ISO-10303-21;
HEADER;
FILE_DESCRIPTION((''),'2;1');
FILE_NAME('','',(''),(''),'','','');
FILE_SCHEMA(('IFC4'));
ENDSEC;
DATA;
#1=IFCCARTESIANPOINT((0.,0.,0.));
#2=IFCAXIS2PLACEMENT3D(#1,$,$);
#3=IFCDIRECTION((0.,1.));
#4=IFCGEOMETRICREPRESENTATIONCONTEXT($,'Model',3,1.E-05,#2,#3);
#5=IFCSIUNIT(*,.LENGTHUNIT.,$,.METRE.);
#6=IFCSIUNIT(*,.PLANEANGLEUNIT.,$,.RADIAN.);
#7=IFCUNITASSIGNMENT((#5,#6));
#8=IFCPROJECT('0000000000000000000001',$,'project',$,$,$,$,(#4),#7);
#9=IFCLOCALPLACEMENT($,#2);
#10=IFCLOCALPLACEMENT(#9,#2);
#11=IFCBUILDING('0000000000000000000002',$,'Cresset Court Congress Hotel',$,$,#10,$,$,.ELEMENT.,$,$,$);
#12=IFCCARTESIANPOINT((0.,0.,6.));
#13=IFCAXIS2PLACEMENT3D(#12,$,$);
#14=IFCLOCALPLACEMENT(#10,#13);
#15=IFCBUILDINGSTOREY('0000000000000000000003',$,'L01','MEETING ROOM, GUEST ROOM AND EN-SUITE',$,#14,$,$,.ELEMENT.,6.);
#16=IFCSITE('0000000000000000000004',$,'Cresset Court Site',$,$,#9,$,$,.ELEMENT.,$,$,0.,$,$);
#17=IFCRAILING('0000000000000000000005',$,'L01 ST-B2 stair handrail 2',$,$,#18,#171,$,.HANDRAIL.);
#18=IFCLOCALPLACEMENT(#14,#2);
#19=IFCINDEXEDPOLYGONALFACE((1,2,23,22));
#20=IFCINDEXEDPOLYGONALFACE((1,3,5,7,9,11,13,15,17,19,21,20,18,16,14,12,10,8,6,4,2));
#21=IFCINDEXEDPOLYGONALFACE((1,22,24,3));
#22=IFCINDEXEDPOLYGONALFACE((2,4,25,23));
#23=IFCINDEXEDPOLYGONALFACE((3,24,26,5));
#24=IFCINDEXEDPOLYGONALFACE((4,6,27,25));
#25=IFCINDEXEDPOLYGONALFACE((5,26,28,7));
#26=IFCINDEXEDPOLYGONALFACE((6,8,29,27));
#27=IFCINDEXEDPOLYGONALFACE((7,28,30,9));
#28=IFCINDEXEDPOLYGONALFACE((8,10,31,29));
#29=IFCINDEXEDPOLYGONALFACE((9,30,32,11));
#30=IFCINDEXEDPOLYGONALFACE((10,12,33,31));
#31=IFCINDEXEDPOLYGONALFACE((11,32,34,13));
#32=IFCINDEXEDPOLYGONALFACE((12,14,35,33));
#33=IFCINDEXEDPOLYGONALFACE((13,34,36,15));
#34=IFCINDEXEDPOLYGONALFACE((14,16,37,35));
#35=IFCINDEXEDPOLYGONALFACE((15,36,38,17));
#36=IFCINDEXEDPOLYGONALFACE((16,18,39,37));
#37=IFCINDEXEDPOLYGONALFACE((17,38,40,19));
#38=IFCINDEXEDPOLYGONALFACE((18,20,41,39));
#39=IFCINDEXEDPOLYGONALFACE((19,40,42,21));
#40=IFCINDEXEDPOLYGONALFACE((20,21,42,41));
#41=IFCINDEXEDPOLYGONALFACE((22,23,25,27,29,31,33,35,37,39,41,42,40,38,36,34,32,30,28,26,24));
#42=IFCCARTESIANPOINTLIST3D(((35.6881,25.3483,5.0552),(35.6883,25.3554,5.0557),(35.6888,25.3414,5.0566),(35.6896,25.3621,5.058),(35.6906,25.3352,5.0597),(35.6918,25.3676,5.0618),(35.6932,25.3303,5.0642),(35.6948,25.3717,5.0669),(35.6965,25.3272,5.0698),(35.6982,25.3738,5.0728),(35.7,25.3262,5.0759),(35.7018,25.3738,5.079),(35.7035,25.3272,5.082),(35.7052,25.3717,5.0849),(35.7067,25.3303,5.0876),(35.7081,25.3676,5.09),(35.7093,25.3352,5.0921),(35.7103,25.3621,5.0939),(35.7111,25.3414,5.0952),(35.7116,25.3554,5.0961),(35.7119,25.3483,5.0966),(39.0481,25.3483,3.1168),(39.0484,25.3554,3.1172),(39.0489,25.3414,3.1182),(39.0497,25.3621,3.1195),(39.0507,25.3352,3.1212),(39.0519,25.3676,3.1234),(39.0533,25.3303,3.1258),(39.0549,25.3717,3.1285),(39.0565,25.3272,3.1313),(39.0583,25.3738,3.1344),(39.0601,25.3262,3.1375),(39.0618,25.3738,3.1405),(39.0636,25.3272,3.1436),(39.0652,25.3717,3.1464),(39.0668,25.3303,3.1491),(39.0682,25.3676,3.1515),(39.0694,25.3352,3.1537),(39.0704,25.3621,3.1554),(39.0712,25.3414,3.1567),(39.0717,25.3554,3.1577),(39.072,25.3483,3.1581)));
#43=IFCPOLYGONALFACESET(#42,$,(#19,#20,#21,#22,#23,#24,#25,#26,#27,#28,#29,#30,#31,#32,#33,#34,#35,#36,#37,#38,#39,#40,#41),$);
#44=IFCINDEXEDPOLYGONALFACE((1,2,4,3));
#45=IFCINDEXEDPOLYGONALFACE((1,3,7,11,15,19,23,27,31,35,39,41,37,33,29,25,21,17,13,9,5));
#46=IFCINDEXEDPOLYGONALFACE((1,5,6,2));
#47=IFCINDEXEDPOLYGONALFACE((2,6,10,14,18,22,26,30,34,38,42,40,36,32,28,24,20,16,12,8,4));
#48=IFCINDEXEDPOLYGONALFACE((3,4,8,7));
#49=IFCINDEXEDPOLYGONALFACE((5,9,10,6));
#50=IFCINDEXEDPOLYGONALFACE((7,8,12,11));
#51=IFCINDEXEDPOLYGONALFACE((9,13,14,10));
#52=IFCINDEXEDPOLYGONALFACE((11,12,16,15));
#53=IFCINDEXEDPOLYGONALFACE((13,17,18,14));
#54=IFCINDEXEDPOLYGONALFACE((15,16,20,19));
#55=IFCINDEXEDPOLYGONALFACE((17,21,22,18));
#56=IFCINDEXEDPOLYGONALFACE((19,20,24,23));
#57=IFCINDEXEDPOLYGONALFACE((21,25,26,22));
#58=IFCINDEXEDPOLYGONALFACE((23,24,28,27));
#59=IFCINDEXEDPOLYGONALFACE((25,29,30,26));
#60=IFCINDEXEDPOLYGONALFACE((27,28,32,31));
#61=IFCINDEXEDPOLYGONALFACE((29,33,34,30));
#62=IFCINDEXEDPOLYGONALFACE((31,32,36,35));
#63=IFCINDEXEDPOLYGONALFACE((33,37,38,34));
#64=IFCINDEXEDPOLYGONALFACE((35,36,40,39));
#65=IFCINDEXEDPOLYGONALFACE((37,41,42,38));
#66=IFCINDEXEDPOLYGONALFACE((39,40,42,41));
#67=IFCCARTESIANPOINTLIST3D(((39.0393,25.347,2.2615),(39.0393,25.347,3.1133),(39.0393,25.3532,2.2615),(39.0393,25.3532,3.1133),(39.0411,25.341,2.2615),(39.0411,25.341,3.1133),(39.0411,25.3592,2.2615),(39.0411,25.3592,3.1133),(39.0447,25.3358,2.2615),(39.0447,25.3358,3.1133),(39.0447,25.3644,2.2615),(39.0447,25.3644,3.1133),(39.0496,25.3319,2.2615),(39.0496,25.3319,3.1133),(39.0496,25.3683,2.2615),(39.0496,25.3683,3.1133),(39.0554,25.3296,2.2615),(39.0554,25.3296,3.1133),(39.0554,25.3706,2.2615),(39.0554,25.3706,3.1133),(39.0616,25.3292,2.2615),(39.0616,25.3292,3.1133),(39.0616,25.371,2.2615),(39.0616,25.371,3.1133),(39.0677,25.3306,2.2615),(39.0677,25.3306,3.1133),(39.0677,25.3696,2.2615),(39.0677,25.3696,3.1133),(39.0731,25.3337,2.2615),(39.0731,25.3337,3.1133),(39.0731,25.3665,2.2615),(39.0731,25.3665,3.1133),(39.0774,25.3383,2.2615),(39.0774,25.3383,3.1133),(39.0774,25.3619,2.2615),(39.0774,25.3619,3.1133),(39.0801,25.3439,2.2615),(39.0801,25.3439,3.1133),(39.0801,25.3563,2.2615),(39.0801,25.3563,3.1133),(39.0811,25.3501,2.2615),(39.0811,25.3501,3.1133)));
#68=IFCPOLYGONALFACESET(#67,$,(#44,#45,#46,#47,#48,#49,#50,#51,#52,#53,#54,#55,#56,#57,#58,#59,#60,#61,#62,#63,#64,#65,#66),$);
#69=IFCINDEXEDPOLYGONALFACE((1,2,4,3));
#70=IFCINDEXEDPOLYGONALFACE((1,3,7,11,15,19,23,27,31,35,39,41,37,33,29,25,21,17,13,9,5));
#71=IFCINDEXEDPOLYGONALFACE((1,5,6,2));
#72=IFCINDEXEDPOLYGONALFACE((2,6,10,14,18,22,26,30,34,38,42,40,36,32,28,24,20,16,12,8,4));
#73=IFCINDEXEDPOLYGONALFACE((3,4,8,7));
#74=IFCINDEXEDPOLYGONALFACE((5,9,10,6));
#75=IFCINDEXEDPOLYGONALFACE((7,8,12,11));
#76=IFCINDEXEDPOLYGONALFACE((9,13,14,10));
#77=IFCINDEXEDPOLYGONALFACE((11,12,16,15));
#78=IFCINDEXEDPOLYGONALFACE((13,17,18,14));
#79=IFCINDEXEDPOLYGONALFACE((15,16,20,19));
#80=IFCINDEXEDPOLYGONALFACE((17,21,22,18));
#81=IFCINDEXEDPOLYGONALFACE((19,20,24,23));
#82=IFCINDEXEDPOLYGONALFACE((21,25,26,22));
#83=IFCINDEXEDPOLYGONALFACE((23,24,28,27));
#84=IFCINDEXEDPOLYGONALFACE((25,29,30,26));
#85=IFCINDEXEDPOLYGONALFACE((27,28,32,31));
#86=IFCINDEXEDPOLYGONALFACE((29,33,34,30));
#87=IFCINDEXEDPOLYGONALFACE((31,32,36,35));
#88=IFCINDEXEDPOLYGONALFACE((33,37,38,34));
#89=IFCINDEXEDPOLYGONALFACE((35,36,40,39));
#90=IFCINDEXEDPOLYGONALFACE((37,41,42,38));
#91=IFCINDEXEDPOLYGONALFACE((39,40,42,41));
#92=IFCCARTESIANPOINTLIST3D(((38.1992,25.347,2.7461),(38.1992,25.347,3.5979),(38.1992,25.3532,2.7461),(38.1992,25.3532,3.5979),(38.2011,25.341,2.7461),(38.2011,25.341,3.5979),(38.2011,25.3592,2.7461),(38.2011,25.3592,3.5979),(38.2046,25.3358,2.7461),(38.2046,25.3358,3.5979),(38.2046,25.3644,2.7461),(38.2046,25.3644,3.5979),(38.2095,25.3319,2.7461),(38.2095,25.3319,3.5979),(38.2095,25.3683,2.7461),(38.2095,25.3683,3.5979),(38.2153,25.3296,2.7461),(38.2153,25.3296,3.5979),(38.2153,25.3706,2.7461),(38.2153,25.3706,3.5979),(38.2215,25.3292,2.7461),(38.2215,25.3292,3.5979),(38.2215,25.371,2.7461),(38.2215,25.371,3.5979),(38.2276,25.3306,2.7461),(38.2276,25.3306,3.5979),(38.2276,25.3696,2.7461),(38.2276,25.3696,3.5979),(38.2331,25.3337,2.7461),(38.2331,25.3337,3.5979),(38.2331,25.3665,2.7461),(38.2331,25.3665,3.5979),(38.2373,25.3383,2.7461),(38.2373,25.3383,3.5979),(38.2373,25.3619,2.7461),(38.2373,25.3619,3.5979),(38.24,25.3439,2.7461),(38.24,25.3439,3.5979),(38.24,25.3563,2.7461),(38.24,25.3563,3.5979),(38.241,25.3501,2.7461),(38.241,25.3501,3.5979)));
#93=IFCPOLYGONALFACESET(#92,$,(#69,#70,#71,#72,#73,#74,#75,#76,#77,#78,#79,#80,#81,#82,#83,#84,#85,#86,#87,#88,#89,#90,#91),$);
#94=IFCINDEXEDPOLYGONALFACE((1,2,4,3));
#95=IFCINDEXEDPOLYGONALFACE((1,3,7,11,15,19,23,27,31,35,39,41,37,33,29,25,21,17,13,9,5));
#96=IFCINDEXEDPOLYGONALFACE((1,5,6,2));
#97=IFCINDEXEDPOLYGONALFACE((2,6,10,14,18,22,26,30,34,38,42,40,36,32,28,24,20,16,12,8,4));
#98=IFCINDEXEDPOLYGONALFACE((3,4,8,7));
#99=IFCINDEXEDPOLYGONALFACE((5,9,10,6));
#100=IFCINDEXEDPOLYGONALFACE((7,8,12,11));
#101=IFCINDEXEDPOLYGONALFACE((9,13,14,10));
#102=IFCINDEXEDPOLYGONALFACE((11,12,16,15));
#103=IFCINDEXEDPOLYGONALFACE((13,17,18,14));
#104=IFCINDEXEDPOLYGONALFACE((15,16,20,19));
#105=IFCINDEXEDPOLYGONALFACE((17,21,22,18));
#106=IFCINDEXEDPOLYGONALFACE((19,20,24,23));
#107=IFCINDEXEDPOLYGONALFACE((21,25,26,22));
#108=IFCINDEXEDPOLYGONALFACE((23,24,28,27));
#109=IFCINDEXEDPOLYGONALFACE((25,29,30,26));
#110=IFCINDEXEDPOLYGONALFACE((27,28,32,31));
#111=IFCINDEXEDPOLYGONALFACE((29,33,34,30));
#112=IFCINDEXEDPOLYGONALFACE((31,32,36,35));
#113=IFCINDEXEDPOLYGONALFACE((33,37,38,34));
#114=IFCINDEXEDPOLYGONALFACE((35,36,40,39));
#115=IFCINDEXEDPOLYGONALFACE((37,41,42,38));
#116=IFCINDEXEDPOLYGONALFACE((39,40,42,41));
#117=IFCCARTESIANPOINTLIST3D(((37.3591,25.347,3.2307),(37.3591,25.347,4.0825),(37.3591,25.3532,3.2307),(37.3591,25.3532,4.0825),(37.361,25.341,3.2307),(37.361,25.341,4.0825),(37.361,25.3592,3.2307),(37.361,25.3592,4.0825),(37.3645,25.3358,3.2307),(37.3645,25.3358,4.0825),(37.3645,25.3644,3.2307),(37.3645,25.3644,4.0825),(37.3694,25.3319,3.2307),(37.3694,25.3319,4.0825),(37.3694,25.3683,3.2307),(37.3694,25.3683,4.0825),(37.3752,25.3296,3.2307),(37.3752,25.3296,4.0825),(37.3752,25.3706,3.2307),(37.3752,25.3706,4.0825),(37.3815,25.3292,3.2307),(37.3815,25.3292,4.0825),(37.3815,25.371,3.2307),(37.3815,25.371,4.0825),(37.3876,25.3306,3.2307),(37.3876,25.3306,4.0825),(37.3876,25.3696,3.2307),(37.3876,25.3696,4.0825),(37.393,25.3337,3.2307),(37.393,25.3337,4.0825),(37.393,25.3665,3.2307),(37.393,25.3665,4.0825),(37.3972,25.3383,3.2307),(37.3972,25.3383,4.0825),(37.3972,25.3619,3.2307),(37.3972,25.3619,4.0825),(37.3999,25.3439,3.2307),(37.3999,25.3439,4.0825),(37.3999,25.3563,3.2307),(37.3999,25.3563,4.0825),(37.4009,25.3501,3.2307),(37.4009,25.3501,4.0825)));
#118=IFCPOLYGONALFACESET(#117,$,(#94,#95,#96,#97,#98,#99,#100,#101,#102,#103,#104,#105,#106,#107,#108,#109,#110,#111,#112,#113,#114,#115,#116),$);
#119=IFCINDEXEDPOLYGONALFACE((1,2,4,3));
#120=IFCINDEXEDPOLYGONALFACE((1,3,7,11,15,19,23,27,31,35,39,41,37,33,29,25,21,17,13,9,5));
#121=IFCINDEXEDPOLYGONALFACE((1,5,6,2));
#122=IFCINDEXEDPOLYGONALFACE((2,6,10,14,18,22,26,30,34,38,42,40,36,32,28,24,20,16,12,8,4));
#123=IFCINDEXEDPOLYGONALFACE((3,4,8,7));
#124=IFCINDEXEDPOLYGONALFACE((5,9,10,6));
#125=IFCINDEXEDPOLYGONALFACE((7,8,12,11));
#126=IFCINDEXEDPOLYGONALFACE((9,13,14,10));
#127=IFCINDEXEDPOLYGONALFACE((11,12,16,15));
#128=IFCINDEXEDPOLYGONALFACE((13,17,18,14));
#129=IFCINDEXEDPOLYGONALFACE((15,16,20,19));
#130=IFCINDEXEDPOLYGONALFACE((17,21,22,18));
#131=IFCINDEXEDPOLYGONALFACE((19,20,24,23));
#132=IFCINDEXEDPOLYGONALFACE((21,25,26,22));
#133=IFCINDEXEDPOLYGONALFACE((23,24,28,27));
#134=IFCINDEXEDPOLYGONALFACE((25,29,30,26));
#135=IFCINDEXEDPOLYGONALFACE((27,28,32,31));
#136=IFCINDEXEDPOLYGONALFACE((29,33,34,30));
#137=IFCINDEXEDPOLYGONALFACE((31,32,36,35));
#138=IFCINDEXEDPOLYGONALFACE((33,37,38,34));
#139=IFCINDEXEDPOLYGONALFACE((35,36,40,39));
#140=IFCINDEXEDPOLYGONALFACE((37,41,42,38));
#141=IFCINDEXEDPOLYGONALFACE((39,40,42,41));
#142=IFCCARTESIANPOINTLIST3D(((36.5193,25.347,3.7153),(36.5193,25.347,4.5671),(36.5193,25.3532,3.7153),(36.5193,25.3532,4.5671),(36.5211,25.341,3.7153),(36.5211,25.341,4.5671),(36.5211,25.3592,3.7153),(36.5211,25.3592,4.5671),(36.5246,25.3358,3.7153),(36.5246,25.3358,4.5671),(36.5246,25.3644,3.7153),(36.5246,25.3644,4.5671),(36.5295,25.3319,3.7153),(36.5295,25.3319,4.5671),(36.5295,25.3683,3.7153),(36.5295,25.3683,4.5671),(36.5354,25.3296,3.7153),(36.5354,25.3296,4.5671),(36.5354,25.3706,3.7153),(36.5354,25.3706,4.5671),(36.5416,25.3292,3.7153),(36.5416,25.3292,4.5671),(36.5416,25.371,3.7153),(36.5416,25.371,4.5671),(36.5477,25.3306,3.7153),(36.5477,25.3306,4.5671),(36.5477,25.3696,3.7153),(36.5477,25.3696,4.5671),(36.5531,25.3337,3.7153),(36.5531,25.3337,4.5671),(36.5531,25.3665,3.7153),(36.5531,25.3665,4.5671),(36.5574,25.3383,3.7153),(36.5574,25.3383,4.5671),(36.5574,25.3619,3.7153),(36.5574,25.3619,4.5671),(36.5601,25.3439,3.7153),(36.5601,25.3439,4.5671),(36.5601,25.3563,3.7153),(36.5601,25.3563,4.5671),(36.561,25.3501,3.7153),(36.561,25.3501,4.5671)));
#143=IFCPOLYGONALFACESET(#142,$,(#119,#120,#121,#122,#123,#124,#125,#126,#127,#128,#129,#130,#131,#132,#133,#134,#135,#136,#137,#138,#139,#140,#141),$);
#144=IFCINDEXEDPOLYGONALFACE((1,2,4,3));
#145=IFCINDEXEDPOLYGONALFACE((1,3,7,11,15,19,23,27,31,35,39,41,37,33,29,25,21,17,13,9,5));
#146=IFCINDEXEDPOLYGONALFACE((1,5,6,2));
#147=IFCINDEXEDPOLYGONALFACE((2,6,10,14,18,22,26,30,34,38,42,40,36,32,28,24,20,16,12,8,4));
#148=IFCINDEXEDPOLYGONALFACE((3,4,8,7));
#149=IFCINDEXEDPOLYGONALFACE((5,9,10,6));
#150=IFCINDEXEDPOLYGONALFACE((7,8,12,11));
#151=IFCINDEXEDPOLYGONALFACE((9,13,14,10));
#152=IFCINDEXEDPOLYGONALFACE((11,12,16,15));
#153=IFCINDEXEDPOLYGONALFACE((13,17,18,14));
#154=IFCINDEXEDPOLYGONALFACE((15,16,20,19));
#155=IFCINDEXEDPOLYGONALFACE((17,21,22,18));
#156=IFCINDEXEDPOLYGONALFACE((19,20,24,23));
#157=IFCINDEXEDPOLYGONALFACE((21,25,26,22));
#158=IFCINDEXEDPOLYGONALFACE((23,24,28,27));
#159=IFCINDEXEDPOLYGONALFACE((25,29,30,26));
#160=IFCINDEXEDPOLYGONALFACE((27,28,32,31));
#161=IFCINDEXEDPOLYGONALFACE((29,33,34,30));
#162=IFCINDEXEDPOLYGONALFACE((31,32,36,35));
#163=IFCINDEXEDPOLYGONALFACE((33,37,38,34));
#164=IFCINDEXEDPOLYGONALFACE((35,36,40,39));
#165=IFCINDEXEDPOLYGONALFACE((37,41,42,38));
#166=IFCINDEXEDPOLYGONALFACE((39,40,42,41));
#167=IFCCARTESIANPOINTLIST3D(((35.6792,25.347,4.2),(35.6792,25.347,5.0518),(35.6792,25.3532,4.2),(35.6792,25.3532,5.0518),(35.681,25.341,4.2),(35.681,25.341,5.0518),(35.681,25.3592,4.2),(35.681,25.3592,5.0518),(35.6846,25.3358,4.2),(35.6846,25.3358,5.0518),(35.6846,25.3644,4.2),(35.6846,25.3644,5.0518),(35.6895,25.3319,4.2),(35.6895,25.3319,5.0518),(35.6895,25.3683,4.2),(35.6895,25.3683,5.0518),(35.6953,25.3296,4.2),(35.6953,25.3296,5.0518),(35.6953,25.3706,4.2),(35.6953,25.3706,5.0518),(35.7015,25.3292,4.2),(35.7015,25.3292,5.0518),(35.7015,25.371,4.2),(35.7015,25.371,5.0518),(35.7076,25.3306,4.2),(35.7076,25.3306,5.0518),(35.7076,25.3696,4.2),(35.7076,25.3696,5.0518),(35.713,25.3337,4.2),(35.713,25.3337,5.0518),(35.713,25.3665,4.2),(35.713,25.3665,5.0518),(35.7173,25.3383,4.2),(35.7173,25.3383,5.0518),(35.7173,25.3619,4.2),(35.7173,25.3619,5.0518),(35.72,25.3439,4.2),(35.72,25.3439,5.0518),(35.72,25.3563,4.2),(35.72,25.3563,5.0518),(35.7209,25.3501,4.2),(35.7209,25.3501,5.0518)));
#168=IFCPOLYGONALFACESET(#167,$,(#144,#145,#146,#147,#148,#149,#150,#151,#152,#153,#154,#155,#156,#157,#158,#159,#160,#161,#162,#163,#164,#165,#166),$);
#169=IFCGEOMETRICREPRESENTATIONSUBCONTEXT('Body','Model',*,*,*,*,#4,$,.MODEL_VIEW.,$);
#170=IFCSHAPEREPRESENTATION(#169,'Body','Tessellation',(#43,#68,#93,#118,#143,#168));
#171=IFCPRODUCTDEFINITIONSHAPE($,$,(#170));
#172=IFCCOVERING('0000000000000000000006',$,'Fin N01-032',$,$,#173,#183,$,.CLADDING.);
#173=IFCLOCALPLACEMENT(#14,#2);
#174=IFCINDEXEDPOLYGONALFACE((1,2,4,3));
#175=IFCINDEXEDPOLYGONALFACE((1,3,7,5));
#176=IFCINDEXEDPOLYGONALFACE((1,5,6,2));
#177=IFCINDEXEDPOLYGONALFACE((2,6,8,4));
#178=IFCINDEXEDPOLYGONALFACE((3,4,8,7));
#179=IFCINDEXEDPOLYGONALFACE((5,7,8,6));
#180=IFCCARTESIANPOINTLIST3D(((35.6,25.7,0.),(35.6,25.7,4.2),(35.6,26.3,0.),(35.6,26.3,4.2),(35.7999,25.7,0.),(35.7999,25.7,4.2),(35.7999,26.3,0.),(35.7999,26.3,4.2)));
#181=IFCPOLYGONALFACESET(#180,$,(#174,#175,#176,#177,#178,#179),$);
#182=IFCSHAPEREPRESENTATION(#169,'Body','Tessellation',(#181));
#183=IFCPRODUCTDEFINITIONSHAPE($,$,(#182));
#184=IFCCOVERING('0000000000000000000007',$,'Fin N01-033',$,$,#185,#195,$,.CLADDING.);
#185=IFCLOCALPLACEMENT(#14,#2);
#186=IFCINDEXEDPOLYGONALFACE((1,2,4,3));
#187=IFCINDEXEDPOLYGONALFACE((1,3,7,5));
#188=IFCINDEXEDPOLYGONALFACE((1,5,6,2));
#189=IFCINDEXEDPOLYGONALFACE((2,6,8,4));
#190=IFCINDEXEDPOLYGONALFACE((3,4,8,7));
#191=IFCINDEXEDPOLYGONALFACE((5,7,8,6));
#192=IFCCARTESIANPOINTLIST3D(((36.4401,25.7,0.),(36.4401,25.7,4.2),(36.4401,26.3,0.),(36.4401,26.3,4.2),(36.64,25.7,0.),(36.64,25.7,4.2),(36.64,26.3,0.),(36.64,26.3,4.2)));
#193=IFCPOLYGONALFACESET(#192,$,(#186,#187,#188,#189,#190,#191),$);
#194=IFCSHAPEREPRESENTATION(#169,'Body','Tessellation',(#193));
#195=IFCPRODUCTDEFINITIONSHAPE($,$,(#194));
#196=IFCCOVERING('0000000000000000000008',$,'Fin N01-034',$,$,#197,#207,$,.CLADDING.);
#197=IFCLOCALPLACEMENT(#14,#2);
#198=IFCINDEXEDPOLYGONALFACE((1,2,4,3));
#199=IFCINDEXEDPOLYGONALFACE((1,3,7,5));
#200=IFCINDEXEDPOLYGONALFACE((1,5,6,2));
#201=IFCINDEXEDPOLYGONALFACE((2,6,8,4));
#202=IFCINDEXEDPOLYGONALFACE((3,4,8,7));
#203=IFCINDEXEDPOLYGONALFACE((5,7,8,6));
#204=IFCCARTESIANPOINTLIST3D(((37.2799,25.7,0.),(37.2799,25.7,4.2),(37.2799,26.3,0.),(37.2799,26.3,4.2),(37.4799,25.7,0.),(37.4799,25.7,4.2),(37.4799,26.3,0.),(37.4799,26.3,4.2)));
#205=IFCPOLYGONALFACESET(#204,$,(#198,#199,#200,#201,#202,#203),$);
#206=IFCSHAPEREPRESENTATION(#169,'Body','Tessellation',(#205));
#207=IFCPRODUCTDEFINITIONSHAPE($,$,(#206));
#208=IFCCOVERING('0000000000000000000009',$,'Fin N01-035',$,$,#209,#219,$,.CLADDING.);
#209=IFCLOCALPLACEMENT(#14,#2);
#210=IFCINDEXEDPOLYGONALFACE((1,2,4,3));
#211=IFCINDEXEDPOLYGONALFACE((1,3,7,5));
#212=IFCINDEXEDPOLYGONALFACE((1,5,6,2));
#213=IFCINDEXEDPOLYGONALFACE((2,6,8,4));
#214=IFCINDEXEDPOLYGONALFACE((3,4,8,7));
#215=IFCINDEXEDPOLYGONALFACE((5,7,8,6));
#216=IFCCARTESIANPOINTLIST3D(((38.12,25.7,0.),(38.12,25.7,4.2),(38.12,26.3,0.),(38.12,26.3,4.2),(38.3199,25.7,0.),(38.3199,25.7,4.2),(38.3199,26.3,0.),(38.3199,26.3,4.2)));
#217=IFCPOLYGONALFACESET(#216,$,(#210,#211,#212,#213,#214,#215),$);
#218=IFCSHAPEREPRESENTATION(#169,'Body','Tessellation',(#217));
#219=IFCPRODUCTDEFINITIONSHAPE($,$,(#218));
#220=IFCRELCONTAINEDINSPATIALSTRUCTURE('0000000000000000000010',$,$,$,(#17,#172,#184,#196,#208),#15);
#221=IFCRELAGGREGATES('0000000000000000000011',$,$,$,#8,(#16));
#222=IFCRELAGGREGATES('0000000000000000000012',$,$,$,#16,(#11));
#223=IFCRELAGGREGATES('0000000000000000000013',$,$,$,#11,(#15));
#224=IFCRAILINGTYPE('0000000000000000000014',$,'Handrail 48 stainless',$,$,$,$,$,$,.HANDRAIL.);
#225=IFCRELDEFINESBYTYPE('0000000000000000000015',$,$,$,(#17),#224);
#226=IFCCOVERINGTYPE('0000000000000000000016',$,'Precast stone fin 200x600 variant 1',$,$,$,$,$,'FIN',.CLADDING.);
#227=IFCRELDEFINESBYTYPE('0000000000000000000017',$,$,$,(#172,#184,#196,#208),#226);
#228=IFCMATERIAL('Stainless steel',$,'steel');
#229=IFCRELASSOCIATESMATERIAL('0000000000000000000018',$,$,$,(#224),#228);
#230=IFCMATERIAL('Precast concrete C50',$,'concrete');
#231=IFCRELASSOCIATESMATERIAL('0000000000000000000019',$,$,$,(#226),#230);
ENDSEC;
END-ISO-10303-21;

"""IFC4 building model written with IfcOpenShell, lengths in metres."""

from ifc_helpers import new_model, si_unit, direction, frame, origin, origin_2d, place, context, subcontext, project, spatial, rectangle, circle, extrude, material, type_object, element, save


model = new_model("IFC4")

# Units and contexts
model_context = context("Model", 3, precision=1e-05, world=origin(), true_north=direction((0.0, 1.0)))
body_context = subcontext(model_context, "Body", "Model", "MODEL_VIEW")
ifc_project = project(units=[si_unit("LENGTHUNIT", "METRE"), si_unit("PLANEANGLEUNIT", "RADIAN")], contexts=[model_context])

# Site, building, storey
site_placement = place(None, origin())
site = spatial("IfcSite", under=ifc_project, at=site_placement, Name="Cresset Court Site", CompositionType="ELEMENT", RefElevation=0.0)
building_placement = place(site_placement, origin())
building = spatial("IfcBuilding", under=site, at=building_placement, Name="Cresset Court Congress Hotel", CompositionType="ELEMENT")
storey_placement = place(building_placement, frame((0.0, 0.0, 6.0)))
storey = spatial("IfcBuildingStorey", under=building, at=storey_placement, Name="L01", Description="MEETING ROOM, GUEST ROOM AND EN-SUITE", CompositionType="ELEMENT", Elevation=6.0)

# Railing
ifc_material_1 = material(Name="Stainless steel", Category="steel")
railing_type_1 = type_object("IfcRailingType", Name="Handrail 48 stainless", PredefinedType="HANDRAIL", material=ifc_material_1)
railing_1_placement = place(storey_placement, frame((39.0601, 25.3501, 2.2615)))
element("IfcRailing", 1, at=railing_1_placement, inside=storey, type_object=railing_type_1, Name="L01 ST-B2 stair handrail 2", PredefinedType="HANDRAIL", context=body_context, shape_type="SweptSolid", body=[
    extrude(circle(Radius=0.0239, at=origin_2d()), frame((0.0, 0.0, 0.876), z_axis=(-0.866191, 0.0, 0.499713), x_axis=(0.0, -1.0, 0.0)), (0.0, 0.0, 1.0), 3.8792),
    extrude(circle(Radius=0.021, at=origin_2d()), origin(), (0.0, 0.0, 1.0), 0.8518),
    extrude(circle(Radius=0.021, at=origin_2d()), frame((-0.8401, 0.0, 0.4846)), (0.0, 0.0, 1.0), 0.8518),
    extrude(circle(Radius=0.021, at=origin_2d()), frame((-1.6802, 0.0, 0.9692)), (0.0, 0.0, 1.0), 0.8518),
    extrude(circle(Radius=0.021, at=origin_2d()), frame((-2.52, 0.0, 1.4539)), (0.0, 0.0, 1.0), 0.8518),
    extrude(circle(Radius=0.021, at=origin_2d()), frame((-3.3601, 0.0, 1.9385)), (0.0, 0.0, 1.0), 0.8518),
])

# Coverings
ifc_material_2 = material(Name="Precast concrete C50", Category="concrete")
covering_type = type_object("IfcCoveringType", Name="Precast stone fin 200x600 variant 1", ElementType="FIN", PredefinedType="CLADDING", material=ifc_material_2)
for number, where, z_axis, x_axis, name in (
    (2, (35.7, 26.0, 0.0), (0.0, 0.0, 1.0), (1.0, 0.0, 0.0), "Fin N01-032"),
    (3, (36.54, 26.0, 0.0), (0.0, 0.0, 1.0), (1.0, 0.0, 0.0), "Fin N01-033"),
    (4, (37.3799, 26.0, 0.0), (0.0, 0.0, 1.0), (1.0, 0.0, 0.0), "Fin N01-034"),
    (5, (38.22, 26.0, 0.0), (0.0, 0.0, 1.0), (1.0, 0.0, 0.0), "Fin N01-035"),
):
    element("IfcCovering", number, at=place(storey_placement, frame(where, z_axis=z_axis, x_axis=x_axis)), inside=storey, type_object=covering_type, Name=name, PredefinedType="CLADDING", context=body_context, shape_type="SweptSolid", body=[
        extrude(rectangle(XDim=0.2, YDim=0.6001, at=origin_2d()), origin(), (0.0, 0.0, 1.0), 4.2),
    ])

save(model, "model.ifc")
